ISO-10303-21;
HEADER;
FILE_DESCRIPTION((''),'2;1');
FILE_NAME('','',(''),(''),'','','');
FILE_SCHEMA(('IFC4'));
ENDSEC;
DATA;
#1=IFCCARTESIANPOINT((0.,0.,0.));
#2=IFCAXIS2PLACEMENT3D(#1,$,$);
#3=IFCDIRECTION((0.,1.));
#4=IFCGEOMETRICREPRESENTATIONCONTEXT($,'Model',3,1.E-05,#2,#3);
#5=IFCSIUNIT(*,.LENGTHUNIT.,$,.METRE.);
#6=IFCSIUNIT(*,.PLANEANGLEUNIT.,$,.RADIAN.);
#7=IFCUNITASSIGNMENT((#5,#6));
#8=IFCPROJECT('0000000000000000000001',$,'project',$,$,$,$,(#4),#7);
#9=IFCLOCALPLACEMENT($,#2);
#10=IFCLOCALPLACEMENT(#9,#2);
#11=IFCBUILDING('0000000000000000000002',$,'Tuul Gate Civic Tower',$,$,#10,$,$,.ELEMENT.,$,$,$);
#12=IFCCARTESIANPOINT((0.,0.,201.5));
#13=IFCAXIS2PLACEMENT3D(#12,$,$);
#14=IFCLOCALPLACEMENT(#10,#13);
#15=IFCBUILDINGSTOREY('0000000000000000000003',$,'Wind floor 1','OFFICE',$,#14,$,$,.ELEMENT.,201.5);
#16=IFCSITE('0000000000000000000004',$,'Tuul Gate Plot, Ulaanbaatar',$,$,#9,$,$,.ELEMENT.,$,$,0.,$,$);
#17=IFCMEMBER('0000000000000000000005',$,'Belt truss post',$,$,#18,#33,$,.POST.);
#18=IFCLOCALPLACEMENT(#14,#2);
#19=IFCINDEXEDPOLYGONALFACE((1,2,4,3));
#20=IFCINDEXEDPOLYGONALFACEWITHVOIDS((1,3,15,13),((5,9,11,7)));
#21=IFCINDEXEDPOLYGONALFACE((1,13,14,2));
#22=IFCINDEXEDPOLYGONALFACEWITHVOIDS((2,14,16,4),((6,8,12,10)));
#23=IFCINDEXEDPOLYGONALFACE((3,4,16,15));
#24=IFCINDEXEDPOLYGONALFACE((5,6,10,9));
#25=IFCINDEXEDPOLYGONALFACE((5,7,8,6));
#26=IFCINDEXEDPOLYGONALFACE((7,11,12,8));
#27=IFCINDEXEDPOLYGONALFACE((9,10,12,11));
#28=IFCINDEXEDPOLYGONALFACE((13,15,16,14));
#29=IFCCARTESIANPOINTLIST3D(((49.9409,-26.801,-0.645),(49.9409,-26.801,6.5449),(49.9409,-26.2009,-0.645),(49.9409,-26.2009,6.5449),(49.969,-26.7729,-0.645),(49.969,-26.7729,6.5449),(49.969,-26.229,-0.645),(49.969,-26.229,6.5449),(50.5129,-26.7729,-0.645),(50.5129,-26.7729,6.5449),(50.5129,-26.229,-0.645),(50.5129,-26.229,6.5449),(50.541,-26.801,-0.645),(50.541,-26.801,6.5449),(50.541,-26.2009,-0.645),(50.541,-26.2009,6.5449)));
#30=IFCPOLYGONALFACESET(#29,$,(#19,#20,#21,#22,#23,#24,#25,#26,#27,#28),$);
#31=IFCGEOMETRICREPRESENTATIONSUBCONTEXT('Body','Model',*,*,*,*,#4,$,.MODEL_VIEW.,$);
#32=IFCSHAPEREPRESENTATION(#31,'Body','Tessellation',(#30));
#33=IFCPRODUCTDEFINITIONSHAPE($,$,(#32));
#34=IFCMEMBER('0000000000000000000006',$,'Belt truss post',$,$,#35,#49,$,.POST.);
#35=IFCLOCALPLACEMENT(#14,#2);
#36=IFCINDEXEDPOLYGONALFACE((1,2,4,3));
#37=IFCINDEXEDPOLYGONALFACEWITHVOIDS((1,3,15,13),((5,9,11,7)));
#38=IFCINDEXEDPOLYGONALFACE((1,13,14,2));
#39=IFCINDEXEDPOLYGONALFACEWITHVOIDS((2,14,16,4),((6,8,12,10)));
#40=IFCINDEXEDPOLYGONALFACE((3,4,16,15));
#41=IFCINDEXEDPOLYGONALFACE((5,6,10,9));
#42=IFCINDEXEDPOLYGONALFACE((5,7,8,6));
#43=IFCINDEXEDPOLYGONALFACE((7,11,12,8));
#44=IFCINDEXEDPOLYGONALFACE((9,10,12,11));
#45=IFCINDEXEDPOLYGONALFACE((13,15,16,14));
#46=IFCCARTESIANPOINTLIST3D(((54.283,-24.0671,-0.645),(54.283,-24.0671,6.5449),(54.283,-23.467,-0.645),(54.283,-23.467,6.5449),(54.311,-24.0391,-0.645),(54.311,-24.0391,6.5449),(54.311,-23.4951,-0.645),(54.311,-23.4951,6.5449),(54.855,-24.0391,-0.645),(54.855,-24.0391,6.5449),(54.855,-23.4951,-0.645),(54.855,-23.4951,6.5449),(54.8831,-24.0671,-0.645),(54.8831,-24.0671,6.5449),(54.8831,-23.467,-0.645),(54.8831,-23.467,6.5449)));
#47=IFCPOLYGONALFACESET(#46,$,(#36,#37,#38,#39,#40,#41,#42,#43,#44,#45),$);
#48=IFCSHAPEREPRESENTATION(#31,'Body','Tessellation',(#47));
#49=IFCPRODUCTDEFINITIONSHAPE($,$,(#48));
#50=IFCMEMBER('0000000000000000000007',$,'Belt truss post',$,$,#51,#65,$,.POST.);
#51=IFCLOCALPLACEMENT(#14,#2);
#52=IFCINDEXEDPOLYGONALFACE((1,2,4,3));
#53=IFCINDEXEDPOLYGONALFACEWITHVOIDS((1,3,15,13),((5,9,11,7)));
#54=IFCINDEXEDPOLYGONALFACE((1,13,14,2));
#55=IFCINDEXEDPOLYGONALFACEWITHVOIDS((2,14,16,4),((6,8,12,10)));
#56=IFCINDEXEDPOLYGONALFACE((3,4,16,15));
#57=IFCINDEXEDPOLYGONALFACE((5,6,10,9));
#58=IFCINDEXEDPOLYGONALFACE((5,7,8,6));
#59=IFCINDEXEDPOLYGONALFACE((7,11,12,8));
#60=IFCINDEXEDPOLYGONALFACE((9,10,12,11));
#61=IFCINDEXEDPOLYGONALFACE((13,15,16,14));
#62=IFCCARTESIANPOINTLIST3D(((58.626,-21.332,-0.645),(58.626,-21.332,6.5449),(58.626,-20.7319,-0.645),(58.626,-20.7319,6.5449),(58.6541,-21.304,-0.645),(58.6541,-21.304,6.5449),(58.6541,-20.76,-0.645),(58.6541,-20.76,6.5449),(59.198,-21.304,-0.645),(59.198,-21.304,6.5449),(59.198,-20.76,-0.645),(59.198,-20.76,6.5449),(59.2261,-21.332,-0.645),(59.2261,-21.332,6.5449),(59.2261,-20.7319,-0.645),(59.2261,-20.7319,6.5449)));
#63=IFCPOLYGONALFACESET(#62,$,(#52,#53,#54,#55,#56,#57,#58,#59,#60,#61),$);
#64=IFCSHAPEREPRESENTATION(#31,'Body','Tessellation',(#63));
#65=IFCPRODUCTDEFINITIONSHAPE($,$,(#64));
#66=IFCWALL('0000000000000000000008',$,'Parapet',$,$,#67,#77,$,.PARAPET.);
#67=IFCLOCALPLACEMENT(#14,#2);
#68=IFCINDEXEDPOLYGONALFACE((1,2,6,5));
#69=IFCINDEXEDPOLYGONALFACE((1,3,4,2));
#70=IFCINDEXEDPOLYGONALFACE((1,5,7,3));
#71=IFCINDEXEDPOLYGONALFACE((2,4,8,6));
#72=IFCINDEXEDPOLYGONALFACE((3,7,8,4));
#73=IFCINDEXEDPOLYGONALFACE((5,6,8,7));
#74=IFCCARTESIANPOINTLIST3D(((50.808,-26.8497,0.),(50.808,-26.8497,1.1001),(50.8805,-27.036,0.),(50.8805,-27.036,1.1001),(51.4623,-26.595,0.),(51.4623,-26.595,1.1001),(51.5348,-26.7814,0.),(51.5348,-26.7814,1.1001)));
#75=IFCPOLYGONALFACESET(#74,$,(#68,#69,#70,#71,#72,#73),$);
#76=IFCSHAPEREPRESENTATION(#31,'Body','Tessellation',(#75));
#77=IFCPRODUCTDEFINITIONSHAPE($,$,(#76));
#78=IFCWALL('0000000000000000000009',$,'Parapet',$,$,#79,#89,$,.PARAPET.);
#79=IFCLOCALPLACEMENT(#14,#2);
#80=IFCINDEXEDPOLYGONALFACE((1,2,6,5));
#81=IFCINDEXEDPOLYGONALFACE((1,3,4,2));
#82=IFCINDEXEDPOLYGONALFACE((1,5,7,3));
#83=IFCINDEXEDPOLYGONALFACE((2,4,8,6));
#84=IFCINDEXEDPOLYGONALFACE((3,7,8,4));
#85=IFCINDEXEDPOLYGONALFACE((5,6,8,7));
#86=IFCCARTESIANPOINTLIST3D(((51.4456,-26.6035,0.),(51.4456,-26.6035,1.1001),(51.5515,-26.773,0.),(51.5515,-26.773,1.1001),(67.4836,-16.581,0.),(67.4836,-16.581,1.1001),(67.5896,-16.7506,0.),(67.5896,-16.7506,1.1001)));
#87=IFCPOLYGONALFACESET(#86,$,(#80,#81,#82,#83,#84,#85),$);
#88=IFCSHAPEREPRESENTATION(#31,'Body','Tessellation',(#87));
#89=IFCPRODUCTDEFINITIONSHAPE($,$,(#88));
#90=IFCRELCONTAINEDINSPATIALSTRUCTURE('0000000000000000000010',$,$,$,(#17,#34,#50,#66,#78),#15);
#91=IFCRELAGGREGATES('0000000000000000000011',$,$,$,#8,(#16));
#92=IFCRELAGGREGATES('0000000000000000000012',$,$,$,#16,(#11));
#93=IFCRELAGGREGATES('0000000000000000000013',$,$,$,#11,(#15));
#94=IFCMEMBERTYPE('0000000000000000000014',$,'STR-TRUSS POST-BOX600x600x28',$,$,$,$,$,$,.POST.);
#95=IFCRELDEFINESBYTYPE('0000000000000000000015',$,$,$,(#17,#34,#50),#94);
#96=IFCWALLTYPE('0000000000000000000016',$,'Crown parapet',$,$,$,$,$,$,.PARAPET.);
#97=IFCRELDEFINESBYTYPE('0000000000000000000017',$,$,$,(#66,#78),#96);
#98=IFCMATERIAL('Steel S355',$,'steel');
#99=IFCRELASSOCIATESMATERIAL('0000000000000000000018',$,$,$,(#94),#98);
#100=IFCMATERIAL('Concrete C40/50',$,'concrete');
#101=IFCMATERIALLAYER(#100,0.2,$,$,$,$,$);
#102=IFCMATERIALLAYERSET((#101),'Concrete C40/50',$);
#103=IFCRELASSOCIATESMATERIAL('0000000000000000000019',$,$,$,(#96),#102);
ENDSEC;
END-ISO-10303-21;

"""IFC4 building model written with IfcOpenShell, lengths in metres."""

from ifc_helpers import new_model, si_unit, direction, frame, frame_2d, origin, origin_2d, place, context, subcontext, project, spatial, rectangle, hollow_rectangle, extrude, material, layer, layer_set, material_profile, profile_set, type_object, element, save


model = new_model("IFC4")

# Units and contexts
model_context = context("Model", 3, precision=1e-05, world=origin(), true_north=direction((0.0, 1.0)))
body_context = subcontext(model_context, "Body", "Model", "MODEL_VIEW")
ifc_project = project(units=[si_unit("LENGTHUNIT", "METRE"), si_unit("PLANEANGLEUNIT", "RADIAN")], contexts=[model_context])

# Site, building, storey
site_placement = place(None, origin())
site = spatial("IfcSite", under=ifc_project, at=site_placement, Name="Tuul Gate Plot, Ulaanbaatar", CompositionType="ELEMENT", RefElevation=0.0)
building_placement = place(site_placement, origin())
building = spatial("IfcBuilding", under=site, at=building_placement, Name="Tuul Gate Civic Tower", CompositionType="ELEMENT")
storey_placement = place(building_placement, frame((0.0, 0.0, 201.5)))
storey = spatial("IfcBuildingStorey", under=building, at=storey_placement, Name="Wind floor 1", Description="OFFICE", CompositionType="ELEMENT", Elevation=201.5)

# Members
ifc_material_1 = material(Name="Steel S355", Category="steel")
ifc_material_profile_1 = material_profile(ifc_material_1, hollow_rectangle(XDim=0.6001, YDim=0.6001, WallThickness=0.0281, at=origin_2d()), Name="BOX600x600x28")
ifc_profile_set_1 = profile_set([ifc_material_profile_1], Name="Steel S355")
member_type_1 = type_object("IfcMemberType", Name="STR-TRUSS POST-BOX600x600x28", PredefinedType="POST", material=ifc_profile_set_1)
for number, where, z_axis, x_axis, name in (
    (1, (50.241, -26.501, -0.645), (0.0, 0.0, 1.0), (1.0, 0.0, 0.0), "Belt truss post"),
    (2, (54.583, -23.7671, -0.645), (0.0, 0.0, 1.0), (1.0, 0.0, 0.0), "Belt truss post"),
    (3, (58.926, -21.032, -0.645), (0.0, 0.0, 1.0), (1.0, 0.0, 0.0), "Belt truss post"),
):
    element("IfcMember", number, at=place(storey_placement, frame(where, z_axis=z_axis, x_axis=x_axis)), inside=storey, type_object=member_type_1, Name=name, PredefinedType="POST", context=body_context, shape_type="SweptSolid", body=[
        extrude(hollow_rectangle(XDim=0.6001, YDim=0.6001, WallThickness=0.0281, at=origin_2d()), origin(), (0.0, 0.0, 1.0), 7.1899),
    ])

# Walls
ifc_material_2 = material(Name="Concrete C40/50", Category="concrete")
ifc_layer = layer(ifc_material_2, 0.2)
ifc_layer_set = layer_set([ifc_layer], Name="Concrete C40/50")
wall_type = type_object("IfcWallType", Name="Crown parapet", PredefinedType="PARAPET", material=ifc_layer_set)
wall_1_placement = place(storey_placement, frame((50.8442, -26.9429, 0.0), z_axis=(0.0, 0.0, 1.0), x_axis=(0.931913, 0.362681, 0.0)))
element("IfcWall", 4, at=wall_1_placement, inside=storey, type_object=wall_type, Name="Parapet", PredefinedType="PARAPET", context=body_context, shape_type="SweptSolid", body=[
    extrude(rectangle(XDim=0.7021, YDim=0.2, at=frame_2d((0.3511, 0.0))), origin(), (0.0, 0.0, 1.0), 1.1001),
])
wall_2_placement = place(storey_placement, frame((51.4985, -26.6882, 0.0), z_axis=(0.0, 0.0, 1.0), x_axis=(0.84803, 0.529948, 0.0)))
element("IfcWall", 5, at=wall_2_placement, inside=storey, type_object=wall_type, Name="Parapet", PredefinedType="PARAPET", context=body_context, shape_type="SweptSolid", body=[
    extrude(rectangle(XDim=18.9121, YDim=0.2, at=frame_2d((9.4561, 0.0))), origin(), (0.0, 0.0, 1.0), 1.1001),
])

save(model, "model.ifc")
